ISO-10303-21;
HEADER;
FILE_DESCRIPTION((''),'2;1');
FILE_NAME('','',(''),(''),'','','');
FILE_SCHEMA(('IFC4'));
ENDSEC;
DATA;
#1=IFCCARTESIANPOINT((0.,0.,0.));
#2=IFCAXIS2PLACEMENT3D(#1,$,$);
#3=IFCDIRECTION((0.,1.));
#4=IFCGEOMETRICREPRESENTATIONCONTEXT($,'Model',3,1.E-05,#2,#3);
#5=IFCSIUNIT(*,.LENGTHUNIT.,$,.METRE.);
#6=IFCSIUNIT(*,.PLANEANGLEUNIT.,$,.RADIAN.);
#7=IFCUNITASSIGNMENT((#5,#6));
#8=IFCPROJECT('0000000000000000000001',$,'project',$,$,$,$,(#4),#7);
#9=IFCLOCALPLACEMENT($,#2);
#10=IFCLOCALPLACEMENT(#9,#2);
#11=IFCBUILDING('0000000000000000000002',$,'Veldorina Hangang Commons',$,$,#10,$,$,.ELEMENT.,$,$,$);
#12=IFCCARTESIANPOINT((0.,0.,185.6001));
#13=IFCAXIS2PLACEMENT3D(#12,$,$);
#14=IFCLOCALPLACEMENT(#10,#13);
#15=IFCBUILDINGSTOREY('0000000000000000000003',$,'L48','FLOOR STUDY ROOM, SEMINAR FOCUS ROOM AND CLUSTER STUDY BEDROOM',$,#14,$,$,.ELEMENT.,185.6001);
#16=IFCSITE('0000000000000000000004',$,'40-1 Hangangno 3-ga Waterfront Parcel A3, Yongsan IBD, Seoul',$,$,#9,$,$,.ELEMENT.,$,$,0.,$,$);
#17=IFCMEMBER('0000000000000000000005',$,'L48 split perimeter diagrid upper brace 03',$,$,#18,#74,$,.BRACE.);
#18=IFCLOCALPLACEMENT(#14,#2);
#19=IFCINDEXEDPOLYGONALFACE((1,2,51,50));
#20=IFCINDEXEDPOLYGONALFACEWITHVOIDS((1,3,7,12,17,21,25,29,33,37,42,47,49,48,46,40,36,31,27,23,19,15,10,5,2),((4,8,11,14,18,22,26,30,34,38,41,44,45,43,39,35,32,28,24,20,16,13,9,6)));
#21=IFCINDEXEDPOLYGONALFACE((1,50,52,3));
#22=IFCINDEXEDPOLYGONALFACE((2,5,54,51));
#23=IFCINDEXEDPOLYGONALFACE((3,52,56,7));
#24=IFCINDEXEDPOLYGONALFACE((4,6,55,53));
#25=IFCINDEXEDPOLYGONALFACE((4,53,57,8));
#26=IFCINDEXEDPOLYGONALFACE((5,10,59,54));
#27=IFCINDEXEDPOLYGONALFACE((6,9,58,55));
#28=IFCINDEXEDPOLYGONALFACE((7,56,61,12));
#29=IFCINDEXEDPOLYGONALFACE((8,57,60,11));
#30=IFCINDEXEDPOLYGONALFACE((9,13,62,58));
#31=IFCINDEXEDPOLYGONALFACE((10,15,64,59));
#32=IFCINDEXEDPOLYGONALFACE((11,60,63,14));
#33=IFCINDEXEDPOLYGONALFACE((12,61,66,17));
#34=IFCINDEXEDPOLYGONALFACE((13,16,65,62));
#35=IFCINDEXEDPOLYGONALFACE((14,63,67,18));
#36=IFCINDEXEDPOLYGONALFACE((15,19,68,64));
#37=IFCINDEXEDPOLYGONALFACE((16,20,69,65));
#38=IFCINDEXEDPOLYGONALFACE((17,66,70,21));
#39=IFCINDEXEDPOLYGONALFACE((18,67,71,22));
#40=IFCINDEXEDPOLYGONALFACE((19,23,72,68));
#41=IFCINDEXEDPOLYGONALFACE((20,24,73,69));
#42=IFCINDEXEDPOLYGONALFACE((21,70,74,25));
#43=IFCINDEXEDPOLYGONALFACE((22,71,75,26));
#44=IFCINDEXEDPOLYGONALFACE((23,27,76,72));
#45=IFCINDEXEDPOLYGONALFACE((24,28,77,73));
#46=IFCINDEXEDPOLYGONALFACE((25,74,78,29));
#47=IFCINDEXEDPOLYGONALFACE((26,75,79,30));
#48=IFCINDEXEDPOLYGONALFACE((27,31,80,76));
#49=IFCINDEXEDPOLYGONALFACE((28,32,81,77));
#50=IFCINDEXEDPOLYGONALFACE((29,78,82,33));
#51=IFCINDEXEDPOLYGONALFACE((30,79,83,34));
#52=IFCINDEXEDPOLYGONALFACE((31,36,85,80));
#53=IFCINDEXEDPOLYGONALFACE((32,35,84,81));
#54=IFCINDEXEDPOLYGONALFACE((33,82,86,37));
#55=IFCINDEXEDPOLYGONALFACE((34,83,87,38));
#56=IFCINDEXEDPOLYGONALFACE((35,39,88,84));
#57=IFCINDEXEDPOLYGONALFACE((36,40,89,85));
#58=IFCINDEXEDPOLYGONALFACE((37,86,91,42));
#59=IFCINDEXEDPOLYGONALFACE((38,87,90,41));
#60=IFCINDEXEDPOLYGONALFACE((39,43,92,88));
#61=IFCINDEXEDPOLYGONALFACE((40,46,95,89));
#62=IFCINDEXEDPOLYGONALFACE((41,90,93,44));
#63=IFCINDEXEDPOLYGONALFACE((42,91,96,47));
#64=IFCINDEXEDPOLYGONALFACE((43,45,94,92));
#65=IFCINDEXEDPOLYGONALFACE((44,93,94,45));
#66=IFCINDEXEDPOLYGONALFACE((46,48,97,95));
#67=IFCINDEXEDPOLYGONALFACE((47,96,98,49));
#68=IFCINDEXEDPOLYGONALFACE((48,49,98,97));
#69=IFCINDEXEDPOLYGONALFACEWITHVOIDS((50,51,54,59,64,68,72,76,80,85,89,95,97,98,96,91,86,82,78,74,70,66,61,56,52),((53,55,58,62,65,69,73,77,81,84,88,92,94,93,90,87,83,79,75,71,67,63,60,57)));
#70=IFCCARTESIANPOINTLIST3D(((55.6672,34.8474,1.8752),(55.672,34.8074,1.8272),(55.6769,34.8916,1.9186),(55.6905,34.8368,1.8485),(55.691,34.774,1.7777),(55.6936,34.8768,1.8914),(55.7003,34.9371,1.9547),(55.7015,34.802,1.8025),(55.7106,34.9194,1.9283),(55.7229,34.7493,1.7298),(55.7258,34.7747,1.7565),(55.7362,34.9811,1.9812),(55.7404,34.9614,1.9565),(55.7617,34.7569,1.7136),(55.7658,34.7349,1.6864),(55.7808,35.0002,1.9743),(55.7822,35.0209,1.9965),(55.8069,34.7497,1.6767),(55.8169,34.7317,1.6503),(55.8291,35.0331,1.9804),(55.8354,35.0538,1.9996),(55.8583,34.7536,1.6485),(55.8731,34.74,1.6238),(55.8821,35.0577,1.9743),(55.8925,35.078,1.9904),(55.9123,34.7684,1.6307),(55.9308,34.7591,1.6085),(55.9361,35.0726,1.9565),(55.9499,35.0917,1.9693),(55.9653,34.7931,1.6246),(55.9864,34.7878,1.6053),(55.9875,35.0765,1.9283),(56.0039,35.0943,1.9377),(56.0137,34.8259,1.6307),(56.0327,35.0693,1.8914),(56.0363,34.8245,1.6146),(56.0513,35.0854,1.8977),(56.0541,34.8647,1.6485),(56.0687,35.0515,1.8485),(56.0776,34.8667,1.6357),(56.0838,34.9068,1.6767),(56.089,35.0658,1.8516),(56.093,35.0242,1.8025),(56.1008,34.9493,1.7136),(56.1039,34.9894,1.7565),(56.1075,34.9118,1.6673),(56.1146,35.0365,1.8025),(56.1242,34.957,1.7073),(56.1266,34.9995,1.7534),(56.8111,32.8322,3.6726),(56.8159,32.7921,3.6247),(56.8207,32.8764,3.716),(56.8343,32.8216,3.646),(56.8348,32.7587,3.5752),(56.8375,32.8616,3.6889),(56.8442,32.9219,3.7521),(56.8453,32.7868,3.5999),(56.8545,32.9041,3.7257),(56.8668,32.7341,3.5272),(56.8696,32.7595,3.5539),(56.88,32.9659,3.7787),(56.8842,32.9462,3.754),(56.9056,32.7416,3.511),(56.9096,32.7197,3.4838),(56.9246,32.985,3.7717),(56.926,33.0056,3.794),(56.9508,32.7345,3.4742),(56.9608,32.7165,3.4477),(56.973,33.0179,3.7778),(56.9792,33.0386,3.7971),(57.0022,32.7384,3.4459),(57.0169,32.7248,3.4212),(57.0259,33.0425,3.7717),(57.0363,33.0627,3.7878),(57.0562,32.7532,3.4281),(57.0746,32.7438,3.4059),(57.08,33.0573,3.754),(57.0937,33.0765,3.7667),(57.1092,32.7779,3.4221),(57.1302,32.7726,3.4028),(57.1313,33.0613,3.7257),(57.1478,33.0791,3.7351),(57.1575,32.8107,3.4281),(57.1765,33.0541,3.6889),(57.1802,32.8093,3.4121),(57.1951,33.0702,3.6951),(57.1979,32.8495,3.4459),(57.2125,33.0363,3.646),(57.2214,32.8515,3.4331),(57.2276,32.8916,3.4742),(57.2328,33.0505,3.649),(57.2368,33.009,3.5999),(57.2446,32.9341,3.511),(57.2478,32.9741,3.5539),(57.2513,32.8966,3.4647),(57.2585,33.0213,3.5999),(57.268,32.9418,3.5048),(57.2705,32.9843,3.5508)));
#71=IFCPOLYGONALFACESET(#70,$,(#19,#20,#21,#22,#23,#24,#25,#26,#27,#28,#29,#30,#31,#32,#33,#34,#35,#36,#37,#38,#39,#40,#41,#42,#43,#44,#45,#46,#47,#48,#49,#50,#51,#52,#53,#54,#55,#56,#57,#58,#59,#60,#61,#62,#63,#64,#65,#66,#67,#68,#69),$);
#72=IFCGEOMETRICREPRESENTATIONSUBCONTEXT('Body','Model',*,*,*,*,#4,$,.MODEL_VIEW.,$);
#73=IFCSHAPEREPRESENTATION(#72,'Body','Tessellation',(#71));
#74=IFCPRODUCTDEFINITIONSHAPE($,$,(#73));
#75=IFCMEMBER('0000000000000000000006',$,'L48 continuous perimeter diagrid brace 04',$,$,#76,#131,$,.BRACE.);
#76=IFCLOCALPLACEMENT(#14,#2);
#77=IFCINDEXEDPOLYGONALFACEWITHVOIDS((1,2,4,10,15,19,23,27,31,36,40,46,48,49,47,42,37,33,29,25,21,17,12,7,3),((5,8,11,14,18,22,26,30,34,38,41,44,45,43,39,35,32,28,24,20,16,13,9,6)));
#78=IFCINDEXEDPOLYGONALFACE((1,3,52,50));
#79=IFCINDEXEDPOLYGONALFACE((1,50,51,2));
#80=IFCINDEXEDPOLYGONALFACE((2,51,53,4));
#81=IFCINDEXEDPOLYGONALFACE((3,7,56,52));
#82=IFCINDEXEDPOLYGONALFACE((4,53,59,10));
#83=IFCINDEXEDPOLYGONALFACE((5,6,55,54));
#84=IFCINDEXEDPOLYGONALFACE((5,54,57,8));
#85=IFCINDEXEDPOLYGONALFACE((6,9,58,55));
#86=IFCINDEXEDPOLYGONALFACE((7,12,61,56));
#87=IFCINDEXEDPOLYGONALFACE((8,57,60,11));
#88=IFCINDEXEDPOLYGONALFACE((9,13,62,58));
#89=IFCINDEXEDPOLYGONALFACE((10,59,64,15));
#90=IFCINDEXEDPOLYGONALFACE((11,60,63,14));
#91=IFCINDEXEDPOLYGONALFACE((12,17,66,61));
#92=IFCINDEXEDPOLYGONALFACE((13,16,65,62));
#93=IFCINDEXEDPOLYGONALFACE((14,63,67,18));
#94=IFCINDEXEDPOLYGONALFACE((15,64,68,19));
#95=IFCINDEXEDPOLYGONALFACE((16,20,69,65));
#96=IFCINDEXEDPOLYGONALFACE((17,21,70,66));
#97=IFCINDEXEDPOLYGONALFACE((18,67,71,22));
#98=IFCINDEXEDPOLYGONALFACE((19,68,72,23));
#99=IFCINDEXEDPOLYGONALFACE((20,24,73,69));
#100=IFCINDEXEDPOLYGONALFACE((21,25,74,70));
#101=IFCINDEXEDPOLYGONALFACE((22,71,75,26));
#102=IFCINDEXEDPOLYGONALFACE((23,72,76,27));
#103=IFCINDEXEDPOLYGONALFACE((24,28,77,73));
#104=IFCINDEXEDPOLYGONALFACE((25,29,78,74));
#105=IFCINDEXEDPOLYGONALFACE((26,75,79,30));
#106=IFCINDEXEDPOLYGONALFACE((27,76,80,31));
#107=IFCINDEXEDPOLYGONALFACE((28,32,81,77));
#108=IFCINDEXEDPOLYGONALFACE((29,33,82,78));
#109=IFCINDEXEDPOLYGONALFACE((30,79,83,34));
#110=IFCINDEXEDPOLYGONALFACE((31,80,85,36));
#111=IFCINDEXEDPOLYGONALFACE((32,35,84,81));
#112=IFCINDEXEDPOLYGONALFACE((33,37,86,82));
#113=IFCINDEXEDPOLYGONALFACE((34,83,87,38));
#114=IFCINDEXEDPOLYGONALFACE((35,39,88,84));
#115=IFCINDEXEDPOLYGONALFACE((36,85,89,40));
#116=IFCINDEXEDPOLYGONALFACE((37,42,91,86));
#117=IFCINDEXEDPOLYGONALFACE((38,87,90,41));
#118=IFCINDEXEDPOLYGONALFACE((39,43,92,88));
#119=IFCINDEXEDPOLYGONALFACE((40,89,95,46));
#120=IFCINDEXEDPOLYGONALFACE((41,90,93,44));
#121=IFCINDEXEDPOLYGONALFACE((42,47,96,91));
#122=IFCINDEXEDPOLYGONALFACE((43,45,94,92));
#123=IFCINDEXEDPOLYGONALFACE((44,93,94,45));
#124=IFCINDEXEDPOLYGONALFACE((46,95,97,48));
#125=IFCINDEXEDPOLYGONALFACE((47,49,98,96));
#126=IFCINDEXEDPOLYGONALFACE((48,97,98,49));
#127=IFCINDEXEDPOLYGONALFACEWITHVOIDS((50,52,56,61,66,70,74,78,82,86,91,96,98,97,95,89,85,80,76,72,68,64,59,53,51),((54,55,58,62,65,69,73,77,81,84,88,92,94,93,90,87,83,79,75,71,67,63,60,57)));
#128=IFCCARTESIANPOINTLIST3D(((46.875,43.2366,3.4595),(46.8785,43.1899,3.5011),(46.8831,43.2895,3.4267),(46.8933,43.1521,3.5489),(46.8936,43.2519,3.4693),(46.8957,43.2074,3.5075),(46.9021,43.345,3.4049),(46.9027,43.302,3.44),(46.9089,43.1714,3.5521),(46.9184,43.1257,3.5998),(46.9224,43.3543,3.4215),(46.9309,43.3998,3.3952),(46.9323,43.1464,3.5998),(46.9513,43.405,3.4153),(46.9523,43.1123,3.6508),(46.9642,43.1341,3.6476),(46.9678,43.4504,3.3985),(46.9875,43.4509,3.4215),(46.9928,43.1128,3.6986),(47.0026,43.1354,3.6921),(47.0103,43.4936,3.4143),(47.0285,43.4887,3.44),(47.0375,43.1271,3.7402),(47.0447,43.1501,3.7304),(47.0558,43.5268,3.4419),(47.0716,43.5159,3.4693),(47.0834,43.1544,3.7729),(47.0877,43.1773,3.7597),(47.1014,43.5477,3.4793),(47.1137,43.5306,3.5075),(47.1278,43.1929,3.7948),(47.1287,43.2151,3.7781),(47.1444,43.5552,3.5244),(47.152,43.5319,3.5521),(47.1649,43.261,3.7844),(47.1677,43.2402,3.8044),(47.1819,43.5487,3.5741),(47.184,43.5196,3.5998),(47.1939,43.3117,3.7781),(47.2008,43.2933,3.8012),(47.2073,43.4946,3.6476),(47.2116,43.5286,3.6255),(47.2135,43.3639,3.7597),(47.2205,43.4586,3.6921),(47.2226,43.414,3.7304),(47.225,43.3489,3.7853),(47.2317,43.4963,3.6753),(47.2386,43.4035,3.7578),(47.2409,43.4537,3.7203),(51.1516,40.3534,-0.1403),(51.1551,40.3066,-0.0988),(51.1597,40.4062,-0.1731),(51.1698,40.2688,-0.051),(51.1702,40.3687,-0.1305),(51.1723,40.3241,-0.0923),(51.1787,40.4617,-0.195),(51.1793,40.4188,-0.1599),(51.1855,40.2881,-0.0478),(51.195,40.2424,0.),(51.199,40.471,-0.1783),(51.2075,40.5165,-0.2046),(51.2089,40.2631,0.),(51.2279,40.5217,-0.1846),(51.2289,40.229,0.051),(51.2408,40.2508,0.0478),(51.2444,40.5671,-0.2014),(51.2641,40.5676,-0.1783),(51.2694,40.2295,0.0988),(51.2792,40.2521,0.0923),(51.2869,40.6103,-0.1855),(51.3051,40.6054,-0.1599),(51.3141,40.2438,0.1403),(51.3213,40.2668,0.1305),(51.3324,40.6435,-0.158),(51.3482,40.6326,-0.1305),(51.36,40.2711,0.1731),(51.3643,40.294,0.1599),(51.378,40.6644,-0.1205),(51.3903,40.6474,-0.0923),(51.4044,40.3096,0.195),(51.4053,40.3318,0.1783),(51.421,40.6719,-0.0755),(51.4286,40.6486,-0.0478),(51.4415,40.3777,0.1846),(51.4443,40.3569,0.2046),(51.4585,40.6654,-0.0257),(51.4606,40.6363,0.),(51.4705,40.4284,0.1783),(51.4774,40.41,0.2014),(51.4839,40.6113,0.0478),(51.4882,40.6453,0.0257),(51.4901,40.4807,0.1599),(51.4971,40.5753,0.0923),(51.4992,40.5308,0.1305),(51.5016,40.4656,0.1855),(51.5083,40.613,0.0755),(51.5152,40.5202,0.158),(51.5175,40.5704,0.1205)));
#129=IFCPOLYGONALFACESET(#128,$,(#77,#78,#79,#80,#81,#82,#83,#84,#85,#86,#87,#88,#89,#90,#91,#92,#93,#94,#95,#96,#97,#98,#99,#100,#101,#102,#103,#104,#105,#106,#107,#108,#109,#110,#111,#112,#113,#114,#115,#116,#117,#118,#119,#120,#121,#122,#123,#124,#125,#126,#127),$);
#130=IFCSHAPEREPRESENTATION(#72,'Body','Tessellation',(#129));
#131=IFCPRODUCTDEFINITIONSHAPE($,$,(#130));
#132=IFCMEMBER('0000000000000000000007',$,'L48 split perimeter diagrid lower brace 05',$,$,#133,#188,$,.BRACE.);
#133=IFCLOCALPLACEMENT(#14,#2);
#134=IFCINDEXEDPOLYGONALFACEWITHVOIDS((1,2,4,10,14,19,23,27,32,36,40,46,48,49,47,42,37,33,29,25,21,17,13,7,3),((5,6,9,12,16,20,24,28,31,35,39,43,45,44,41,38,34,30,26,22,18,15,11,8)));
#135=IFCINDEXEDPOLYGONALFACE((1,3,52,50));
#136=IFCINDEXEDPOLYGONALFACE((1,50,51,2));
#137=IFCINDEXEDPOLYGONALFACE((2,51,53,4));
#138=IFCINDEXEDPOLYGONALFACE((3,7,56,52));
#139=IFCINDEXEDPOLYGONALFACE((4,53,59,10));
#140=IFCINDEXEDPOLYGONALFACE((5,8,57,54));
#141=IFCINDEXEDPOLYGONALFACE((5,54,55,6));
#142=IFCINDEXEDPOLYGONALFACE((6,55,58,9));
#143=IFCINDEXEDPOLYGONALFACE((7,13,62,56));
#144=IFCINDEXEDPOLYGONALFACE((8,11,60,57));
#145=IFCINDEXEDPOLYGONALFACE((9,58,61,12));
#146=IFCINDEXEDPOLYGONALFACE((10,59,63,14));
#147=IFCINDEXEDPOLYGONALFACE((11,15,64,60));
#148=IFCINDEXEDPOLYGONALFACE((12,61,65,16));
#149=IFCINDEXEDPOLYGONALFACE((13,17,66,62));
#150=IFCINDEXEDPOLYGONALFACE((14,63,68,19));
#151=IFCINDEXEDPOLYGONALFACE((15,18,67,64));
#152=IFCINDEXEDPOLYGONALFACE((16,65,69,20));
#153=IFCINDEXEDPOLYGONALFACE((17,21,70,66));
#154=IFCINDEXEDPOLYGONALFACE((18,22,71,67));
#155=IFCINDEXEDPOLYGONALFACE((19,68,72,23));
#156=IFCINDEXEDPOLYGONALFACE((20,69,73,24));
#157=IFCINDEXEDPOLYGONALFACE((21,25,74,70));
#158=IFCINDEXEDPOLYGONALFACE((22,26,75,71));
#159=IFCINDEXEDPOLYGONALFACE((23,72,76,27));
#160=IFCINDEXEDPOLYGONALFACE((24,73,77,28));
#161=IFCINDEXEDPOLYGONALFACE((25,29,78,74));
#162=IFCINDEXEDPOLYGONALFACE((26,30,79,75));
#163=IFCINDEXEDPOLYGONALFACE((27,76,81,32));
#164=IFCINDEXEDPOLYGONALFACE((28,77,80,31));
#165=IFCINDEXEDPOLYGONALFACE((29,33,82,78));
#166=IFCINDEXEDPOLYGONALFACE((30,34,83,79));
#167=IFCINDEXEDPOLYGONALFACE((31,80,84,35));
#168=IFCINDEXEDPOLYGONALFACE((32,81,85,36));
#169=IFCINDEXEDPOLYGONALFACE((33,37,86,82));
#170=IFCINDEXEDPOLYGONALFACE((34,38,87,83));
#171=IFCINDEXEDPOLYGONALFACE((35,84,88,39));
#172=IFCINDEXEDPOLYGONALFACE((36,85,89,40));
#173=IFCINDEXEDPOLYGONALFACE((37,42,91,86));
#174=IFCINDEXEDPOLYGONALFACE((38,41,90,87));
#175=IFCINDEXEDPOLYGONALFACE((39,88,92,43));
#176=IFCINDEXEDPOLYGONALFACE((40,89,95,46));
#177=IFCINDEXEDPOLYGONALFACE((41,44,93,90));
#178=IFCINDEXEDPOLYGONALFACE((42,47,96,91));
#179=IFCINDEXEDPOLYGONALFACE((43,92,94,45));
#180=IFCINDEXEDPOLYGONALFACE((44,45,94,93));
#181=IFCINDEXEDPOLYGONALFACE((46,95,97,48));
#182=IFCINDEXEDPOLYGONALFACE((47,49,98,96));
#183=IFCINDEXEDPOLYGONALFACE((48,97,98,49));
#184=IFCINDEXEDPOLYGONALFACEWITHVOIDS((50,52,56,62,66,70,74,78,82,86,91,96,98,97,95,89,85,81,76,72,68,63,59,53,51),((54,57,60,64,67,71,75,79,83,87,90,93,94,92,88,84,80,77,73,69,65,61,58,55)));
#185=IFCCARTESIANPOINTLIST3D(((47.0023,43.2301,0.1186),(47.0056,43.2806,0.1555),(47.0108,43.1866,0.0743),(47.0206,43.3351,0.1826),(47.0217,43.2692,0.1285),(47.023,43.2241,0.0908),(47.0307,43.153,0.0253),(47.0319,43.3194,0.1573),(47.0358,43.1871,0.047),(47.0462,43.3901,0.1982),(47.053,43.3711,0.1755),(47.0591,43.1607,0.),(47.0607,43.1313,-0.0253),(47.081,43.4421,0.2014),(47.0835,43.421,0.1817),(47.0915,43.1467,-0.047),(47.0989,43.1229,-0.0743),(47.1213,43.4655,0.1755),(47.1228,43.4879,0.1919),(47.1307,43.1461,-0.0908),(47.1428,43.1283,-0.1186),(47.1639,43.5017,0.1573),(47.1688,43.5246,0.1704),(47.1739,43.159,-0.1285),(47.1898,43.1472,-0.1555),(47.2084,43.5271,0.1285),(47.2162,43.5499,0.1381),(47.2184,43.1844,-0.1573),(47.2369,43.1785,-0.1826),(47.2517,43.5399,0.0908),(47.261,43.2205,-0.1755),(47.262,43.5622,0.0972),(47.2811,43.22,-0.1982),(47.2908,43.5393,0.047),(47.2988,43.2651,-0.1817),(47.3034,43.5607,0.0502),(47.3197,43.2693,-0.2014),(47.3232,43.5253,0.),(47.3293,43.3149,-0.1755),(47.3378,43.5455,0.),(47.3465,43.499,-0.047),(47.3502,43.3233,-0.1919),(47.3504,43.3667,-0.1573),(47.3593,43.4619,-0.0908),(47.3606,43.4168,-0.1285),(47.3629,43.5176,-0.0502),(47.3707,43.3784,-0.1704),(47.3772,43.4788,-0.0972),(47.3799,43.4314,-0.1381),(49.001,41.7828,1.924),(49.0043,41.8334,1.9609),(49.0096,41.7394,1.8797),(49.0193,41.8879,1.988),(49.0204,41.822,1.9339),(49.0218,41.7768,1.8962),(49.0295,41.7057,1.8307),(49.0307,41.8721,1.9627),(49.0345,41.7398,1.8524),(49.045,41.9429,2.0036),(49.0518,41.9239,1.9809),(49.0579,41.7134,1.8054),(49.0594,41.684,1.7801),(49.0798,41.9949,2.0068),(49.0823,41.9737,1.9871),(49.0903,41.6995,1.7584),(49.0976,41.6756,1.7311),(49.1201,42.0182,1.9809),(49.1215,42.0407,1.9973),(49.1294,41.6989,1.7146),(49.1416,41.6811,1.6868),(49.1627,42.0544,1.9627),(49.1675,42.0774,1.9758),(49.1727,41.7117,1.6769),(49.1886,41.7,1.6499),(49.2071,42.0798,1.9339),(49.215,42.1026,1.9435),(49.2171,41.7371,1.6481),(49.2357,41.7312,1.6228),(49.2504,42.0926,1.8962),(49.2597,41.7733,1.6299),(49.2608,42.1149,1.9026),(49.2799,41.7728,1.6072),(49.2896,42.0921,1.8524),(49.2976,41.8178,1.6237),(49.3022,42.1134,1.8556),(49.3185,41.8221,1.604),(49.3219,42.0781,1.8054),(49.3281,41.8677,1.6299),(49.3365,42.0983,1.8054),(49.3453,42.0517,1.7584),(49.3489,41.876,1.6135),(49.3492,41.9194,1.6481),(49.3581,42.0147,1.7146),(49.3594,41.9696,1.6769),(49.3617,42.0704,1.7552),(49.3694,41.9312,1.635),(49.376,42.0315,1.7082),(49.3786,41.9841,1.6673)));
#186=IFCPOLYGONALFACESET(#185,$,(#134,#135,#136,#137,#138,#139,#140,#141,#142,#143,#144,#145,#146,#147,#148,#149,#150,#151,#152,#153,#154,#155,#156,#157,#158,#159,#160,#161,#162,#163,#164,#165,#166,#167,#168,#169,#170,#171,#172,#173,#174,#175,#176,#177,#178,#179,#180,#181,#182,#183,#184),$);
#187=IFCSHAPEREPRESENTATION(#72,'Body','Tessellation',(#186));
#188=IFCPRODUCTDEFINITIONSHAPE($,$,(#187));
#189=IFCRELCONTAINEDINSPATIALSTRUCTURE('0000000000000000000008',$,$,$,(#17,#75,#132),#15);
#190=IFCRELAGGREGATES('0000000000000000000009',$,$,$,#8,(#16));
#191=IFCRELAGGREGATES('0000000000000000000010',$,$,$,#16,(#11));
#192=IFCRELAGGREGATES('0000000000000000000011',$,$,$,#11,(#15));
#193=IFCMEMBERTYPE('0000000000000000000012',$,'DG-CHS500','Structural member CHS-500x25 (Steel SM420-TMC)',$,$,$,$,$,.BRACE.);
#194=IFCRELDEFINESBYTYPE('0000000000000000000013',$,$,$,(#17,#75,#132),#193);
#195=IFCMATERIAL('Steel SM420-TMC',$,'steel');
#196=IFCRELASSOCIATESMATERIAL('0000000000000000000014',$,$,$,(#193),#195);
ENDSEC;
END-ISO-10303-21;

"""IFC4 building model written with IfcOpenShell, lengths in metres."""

from ifc_helpers import new_model, si_unit, direction, frame, origin, origin_2d, place, context, subcontext, project, spatial, hollow_circle, extrude, material, material_profile, profile_set, type_object, element, save


model = new_model("IFC4")

# Units and contexts
model_context = context("Model", 3, precision=1e-05, world=origin(), true_north=direction((0.0, 1.0)))
body_context = subcontext(model_context, "Body", "Model", "MODEL_VIEW")
ifc_project = project(units=[si_unit("LENGTHUNIT", "METRE"), si_unit("PLANEANGLEUNIT", "RADIAN")], contexts=[model_context])

# Site, building, storey
site_placement = place(None, origin())
site = spatial("IfcSite", under=ifc_project, at=site_placement, Name="40-1 Hangangno 3-ga Waterfront Parcel A3, Yongsan IBD, Seoul", CompositionType="ELEMENT", RefElevation=0.0)
building_placement = place(site_placement, origin())
building = spatial("IfcBuilding", under=site, at=building_placement, Name="Veldorina Hangang Commons", CompositionType="ELEMENT")
storey_placement = place(building_placement, frame((0.0, 0.0, 185.6001)))
storey = spatial("IfcBuildingStorey", under=building, at=storey_placement, Name="L48", Description="FLOOR STUDY ROOM, SEMINAR FOCUS ROOM AND CLUSTER STUDY BEDROOM", CompositionType="ELEMENT", Elevation=185.6001)

# Shared definitions
ifc_material_1 = material(Name="Steel SM420-TMC", Category="steel")

# Members
ifc_material_profile_1 = material_profile(ifc_material_1, hollow_circle(Radius=0.25, WallThickness=0.0249, at=origin_2d()), Name="CHS-500x25")
ifc_profile_set_1 = profile_set([ifc_material_profile_1], Name="Steel SM420-TMC")
member_type_1 = type_object("IfcMemberType", Name="DG-CHS500", Description="Structural member CHS-500x25 (Steel SM420-TMC)", PredefinedType="BRACE", material=ifc_profile_set_1)
member_1_placement = place(storey_placement, frame((55.8972, 34.9131, 1.8025), z_axis=(0.390042, -0.687173, 0.612911), x_axis=(0.869672, 0.493629, 0.0)))
element("IfcMember", 1, at=member_1_placement, inside=storey, type_object=member_type_1, Name="L48 split perimeter diagrid upper brace 03", PredefinedType="BRACE", context=body_context, shape_type="SweptSolid", body=[
    extrude(hollow_circle(Radius=0.25, WallThickness=0.0249, at=origin_2d()), origin(), (0.0, 0.0, 1.0), 2.9326),
])
member_2_placement = place(storey_placement, frame((51.3347, 40.4497, 0.0), z_axis=(-0.679926, 0.458408, 0.572331), x_axis=(-0.559018, -0.829155, 0.0)))
element("IfcMember", 2, at=member_2_placement, inside=storey, type_object=member_type_1, Name="L48 continuous perimeter diagrid brace 04", PredefinedType="BRACE", context=body_context, shape_type="SweptSolid", body=[
    extrude(hollow_circle(Radius=0.25, WallThickness=0.0249, at=origin_2d()), origin(), (0.0, 0.0, 1.0), 6.2898),
])
member_3_placement = place(storey_placement, frame((47.1912, 43.343, 0.0), z_axis=(0.653697, -0.473326, 0.59046), x_axis=(0.586476, 0.809966, 0.0)))
element("IfcMember", 3, at=member_3_placement, inside=storey, type_object=member_type_1, Name="L48 split perimeter diagrid lower brace 05", PredefinedType="BRACE", context=body_context, shape_type="SweptSolid", body=[
    extrude(hollow_circle(Radius=0.25, WallThickness=0.0249, at=origin_2d()), origin(), (0.0, 0.0, 1.0), 3.0576),
])

save(model, "model.ifc")
